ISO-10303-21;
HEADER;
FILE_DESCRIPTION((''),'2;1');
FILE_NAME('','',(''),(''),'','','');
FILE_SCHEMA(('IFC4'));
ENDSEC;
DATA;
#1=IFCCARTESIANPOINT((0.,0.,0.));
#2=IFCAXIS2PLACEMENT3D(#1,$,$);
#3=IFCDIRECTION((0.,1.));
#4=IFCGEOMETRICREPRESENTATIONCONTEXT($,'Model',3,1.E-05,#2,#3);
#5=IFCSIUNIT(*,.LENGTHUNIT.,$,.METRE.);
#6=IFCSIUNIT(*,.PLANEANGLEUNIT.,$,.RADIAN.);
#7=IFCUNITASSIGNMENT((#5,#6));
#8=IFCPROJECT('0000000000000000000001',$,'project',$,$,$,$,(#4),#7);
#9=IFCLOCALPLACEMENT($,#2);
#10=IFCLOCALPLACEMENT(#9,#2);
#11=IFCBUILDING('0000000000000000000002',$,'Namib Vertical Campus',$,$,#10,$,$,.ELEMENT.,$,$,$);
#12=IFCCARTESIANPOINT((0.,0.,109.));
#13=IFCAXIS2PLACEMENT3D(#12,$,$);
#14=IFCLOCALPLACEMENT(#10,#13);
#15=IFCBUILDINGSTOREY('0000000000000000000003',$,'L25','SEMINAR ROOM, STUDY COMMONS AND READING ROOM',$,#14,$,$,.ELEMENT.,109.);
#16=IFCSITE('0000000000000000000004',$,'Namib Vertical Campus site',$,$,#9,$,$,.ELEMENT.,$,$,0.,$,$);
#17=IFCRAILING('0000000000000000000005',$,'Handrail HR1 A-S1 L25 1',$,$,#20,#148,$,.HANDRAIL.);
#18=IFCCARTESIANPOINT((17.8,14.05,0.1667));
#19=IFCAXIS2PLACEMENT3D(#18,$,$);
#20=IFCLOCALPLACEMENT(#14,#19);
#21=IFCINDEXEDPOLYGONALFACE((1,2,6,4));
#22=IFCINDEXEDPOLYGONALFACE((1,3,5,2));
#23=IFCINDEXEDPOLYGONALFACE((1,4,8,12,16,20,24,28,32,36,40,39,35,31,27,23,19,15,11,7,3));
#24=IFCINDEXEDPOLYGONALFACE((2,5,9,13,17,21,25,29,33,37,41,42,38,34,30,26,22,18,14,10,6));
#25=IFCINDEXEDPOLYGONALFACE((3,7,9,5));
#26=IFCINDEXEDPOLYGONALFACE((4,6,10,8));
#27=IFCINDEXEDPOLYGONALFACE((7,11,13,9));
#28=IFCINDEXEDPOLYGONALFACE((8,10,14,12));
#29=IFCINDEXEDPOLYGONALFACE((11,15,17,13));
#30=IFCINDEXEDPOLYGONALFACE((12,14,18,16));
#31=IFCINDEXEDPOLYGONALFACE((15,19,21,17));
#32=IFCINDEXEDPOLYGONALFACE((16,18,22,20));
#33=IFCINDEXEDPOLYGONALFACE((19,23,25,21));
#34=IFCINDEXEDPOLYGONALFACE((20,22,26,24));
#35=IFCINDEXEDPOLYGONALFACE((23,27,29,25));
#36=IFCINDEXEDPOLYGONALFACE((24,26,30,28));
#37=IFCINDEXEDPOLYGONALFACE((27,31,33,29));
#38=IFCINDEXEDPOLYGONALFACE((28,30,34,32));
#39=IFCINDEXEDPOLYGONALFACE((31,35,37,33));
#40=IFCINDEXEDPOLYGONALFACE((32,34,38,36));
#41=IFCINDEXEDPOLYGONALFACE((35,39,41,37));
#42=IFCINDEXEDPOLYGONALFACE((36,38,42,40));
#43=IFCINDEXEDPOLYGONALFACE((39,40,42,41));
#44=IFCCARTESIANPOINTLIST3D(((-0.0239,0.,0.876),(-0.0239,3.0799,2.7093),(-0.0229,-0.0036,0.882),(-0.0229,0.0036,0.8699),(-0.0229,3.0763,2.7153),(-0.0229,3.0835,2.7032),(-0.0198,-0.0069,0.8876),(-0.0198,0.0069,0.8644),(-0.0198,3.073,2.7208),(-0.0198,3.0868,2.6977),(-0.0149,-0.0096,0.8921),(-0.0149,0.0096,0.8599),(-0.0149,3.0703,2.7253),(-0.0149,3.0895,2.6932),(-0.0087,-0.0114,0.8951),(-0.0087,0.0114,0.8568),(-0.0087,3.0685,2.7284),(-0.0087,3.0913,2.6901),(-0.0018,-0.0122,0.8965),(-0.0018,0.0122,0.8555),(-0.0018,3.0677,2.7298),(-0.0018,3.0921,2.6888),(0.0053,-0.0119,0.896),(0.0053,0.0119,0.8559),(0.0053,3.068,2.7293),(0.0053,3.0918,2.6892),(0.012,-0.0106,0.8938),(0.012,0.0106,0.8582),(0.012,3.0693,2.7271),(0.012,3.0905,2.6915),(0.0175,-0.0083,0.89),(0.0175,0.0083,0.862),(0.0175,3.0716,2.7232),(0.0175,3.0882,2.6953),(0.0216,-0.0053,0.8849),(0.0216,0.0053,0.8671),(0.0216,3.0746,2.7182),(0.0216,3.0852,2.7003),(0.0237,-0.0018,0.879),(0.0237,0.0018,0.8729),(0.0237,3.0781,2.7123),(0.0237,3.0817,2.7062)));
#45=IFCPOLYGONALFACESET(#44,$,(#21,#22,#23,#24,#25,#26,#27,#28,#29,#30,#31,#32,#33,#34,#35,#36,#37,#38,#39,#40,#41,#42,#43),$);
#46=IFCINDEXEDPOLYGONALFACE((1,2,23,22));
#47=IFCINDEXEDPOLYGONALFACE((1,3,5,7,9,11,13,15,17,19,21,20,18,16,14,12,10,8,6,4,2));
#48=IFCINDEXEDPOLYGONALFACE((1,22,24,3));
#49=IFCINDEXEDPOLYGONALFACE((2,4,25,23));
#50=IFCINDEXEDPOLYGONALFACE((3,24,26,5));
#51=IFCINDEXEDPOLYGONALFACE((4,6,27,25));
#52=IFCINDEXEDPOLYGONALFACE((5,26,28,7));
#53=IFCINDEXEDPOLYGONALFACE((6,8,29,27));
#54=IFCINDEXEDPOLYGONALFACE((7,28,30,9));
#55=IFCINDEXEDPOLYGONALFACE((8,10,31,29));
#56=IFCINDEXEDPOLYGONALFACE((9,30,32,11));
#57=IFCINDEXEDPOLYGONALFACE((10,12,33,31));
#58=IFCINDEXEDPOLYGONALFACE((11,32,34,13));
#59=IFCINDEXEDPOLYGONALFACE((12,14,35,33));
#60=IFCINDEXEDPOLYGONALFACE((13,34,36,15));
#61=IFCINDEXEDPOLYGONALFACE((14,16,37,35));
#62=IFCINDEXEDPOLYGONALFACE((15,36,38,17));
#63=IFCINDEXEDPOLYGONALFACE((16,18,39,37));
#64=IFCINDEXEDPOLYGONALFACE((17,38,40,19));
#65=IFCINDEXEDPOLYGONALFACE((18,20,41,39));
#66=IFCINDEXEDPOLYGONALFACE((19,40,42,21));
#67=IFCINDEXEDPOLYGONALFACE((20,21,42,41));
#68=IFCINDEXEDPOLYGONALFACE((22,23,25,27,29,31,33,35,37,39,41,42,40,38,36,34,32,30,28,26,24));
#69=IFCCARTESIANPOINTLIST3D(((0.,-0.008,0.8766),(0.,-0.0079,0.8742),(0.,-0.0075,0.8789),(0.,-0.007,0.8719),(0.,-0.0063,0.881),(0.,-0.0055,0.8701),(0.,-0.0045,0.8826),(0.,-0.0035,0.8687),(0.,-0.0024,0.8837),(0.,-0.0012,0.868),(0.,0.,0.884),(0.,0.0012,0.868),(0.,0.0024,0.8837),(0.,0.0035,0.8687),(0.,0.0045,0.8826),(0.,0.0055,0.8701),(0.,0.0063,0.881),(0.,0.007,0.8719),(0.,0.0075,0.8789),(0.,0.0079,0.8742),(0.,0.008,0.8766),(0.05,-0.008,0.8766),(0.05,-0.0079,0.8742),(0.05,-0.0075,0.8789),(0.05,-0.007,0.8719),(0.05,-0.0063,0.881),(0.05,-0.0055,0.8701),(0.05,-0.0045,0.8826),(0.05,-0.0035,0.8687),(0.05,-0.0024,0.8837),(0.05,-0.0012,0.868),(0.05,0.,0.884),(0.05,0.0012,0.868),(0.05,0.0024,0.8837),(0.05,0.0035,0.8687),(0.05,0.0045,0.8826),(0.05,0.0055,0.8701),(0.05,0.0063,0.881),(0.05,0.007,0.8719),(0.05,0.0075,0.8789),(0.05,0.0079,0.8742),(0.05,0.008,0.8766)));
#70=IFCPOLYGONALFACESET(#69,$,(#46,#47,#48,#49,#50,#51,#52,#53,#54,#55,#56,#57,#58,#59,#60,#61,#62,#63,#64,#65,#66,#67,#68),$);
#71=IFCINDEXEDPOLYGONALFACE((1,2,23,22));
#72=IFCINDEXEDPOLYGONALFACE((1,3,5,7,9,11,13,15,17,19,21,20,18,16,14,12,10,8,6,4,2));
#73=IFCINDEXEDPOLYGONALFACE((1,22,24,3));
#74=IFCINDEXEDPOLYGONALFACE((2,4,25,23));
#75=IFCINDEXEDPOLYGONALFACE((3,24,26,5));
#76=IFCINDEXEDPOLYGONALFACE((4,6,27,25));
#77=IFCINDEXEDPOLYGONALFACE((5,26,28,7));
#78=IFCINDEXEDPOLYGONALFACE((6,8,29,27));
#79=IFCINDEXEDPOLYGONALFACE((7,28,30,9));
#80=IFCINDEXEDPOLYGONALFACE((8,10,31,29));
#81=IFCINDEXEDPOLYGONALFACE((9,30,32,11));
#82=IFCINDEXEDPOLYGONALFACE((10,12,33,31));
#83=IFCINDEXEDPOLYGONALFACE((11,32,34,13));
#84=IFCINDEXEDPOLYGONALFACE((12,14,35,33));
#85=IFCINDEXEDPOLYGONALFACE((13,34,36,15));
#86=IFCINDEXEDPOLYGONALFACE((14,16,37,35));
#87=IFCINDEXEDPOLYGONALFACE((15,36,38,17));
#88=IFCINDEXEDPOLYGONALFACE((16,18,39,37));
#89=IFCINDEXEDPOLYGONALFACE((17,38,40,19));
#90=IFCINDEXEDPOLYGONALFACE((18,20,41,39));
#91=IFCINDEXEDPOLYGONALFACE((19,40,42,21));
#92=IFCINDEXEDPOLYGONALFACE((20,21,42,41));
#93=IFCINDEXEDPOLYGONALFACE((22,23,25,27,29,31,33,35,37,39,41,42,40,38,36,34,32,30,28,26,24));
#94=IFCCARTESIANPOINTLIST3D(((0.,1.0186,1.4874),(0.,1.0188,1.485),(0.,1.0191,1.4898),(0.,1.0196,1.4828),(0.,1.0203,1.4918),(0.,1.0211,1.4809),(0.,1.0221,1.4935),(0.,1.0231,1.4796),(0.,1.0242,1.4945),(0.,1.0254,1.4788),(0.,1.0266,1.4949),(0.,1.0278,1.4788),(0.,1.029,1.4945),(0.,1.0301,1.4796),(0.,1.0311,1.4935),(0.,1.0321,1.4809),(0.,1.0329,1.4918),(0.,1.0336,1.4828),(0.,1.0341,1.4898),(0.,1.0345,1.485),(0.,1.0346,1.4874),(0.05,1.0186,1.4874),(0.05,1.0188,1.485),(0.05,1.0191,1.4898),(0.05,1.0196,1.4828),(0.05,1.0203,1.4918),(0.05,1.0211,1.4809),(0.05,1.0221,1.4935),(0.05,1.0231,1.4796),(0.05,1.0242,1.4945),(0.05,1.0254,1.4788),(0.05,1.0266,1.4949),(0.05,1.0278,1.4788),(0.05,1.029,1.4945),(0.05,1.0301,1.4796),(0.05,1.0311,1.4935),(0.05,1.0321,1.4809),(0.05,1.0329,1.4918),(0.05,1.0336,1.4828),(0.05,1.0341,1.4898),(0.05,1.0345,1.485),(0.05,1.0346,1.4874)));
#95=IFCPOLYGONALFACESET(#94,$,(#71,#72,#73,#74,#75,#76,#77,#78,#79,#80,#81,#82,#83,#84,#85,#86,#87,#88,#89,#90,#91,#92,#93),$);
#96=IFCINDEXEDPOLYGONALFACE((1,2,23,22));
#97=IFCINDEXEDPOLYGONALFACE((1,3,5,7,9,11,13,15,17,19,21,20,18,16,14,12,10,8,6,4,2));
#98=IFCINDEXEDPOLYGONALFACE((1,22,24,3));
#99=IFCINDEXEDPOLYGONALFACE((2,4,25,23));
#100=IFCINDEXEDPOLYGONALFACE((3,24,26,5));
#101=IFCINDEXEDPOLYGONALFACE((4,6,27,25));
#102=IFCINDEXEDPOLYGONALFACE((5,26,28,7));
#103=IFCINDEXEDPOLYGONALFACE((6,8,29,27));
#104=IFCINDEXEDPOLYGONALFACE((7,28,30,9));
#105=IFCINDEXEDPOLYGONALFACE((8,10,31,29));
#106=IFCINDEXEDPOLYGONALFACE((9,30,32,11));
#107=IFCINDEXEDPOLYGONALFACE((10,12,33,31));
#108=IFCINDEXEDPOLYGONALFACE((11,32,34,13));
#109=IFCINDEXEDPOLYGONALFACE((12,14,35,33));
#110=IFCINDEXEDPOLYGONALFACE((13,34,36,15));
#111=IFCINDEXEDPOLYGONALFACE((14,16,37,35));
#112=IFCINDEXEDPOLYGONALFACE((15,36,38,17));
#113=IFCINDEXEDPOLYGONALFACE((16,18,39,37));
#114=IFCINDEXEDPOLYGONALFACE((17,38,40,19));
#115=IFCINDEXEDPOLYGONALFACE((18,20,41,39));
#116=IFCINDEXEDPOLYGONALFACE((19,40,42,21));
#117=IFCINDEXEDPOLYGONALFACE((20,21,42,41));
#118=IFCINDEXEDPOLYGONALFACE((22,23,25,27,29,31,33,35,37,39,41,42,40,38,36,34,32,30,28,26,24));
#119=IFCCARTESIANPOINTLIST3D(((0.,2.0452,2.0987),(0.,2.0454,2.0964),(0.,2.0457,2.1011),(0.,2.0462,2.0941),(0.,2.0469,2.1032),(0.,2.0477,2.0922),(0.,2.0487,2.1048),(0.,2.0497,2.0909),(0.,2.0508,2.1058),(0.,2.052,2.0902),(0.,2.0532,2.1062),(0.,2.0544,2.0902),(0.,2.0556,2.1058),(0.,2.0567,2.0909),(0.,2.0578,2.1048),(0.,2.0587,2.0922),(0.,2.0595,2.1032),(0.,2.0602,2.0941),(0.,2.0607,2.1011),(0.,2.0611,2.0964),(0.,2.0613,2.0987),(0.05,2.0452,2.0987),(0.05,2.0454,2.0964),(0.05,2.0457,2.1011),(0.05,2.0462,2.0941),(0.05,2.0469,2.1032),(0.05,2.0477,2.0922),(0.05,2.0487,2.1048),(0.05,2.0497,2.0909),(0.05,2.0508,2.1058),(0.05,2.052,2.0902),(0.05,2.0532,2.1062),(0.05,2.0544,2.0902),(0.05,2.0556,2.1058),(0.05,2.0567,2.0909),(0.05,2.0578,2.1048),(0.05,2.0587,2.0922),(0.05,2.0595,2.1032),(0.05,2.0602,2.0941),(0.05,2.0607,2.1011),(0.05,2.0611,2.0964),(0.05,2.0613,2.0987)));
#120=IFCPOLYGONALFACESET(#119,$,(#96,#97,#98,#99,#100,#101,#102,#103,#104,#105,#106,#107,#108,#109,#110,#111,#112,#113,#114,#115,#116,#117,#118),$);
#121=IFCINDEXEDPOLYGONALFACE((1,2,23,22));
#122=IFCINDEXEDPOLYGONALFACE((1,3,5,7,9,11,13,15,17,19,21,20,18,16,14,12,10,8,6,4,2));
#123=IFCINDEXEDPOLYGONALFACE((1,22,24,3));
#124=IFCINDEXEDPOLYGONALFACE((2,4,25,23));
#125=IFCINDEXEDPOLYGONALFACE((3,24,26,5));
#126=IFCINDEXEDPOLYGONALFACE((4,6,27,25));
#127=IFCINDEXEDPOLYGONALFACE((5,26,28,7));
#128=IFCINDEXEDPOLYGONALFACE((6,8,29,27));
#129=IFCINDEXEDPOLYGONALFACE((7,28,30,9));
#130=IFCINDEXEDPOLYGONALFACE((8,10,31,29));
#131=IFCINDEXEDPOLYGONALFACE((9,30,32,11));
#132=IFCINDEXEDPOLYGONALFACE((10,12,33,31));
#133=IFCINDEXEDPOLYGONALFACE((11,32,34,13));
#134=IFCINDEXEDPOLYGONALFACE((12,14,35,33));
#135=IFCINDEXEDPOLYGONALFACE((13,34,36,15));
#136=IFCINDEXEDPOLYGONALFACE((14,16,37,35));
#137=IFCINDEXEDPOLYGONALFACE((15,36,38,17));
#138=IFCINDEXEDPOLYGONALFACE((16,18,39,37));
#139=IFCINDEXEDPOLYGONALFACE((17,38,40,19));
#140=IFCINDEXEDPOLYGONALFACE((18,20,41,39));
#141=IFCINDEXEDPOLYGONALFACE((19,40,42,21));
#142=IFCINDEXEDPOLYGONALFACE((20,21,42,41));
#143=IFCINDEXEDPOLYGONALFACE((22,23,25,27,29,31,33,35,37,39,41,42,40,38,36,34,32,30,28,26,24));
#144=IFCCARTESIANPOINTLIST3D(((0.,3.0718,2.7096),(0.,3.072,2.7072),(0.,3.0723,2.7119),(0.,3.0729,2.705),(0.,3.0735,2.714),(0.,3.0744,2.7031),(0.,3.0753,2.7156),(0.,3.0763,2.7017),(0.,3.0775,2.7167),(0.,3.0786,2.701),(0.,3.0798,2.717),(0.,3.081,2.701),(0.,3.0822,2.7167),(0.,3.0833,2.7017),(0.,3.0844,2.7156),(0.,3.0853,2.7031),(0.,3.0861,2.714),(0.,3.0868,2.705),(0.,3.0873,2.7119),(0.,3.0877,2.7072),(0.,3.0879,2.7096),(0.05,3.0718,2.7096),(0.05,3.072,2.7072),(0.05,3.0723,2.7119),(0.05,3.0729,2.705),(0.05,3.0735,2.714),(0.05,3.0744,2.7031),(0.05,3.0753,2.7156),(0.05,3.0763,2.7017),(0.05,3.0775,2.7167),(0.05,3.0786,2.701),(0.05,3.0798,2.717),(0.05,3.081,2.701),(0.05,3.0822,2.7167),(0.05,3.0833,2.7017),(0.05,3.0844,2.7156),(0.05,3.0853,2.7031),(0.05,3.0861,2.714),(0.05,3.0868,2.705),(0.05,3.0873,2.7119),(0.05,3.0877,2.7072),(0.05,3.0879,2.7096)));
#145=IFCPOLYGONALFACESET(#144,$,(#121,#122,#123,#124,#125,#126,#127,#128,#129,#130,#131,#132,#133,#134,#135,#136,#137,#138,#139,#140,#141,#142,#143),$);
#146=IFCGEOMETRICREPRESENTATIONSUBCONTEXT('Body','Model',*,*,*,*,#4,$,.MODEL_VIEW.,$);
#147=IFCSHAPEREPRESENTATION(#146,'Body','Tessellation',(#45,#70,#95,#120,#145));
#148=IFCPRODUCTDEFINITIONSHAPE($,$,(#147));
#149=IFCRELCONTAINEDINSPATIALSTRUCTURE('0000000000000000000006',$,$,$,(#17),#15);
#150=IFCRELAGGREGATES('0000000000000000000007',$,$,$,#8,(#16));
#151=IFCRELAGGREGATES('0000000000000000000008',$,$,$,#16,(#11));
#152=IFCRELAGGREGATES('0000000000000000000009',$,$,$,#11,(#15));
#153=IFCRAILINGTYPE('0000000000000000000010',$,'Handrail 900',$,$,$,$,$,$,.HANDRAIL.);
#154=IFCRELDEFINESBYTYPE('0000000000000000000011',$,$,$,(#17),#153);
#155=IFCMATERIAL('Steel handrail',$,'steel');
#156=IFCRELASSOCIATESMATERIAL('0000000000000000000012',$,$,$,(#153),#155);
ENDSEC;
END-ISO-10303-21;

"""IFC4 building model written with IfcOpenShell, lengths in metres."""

from ifc_helpers import new_model, si_unit, direction, frame, origin, origin_2d, place, context, subcontext, project, spatial, circle, extrude, material, type_object, element, save


model = new_model("IFC4")

# Units and contexts
model_context = context("Model", 3, precision=1e-05, world=origin(), true_north=direction((0.0, 1.0)))
body_context = subcontext(model_context, "Body", "Model", "MODEL_VIEW")
ifc_project = project(units=[si_unit("LENGTHUNIT", "METRE"), si_unit("PLANEANGLEUNIT", "RADIAN")], contexts=[model_context])

# Site, building, storey
site_placement = place(None, origin())
site = spatial("IfcSite", under=ifc_project, at=site_placement, Name="Namib Vertical Campus site", CompositionType="ELEMENT", RefElevation=0.0)
building_placement = place(site_placement, origin())
building = spatial("IfcBuilding", under=site, at=building_placement, Name="Namib Vertical Campus", CompositionType="ELEMENT")
storey_placement = place(building_placement, frame((0.0, 0.0, 109.0)))
storey = spatial("IfcBuildingStorey", under=building, at=storey_placement, Name="L25", Description="SEMINAR ROOM, STUDY COMMONS AND READING ROOM", CompositionType="ELEMENT", Elevation=109.0)

# Railing
ifc_material_1 = material(Name="Steel handrail", Category="steel")
railing_type_1 = type_object("IfcRailingType", Name="Handrail 900", PredefinedType="HANDRAIL", material=ifc_material_1)
railing_1_placement = place(storey_placement, frame((17.8, 14.05, 0.1667)))
element("IfcRailing", 1, at=railing_1_placement, inside=storey, type_object=railing_type_1, Name="Handrail HR1 A-S1 L25 1", PredefinedType="HANDRAIL", context=body_context, shape_type="SweptSolid", body=[
    extrude(circle(Radius=0.0239, at=origin_2d()), frame((0.0, 0.0, 0.876), z_axis=(0.0, 0.859291, 0.511487), x_axis=(-1.0, 0.0, 0.0)), (0.0, 0.0, 1.0), 3.5842),
    extrude(circle(Radius=0.0081, at=origin_2d()), frame((0.0, 0.0, 0.876), z_axis=(1.0, 0.0, 0.0), x_axis=(0.0, 0.0, 1.0)), (0.0, 0.0, 1.0), 0.05),
    extrude(circle(Radius=0.0081, at=origin_2d()), frame((0.0, 1.0266, 1.4868), z_axis=(1.0, 0.0, 0.0), x_axis=(0.0, 0.0, 1.0)), (0.0, 0.0, 1.0), 0.05),
    extrude(circle(Radius=0.0081, at=origin_2d()), frame((0.0, 2.0532, 2.0981), z_axis=(1.0, 0.0, 0.0), x_axis=(0.0, 0.0, 1.0)), (0.0, 0.0, 1.0), 0.05),
    extrude(circle(Radius=0.0081, at=origin_2d()), frame((0.0, 3.0798, 2.709), z_axis=(1.0, 0.0, 0.0), x_axis=(0.0, 0.0, 1.0)), (0.0, 0.0, 1.0), 0.05),
])

save(model, "model.ifc")
